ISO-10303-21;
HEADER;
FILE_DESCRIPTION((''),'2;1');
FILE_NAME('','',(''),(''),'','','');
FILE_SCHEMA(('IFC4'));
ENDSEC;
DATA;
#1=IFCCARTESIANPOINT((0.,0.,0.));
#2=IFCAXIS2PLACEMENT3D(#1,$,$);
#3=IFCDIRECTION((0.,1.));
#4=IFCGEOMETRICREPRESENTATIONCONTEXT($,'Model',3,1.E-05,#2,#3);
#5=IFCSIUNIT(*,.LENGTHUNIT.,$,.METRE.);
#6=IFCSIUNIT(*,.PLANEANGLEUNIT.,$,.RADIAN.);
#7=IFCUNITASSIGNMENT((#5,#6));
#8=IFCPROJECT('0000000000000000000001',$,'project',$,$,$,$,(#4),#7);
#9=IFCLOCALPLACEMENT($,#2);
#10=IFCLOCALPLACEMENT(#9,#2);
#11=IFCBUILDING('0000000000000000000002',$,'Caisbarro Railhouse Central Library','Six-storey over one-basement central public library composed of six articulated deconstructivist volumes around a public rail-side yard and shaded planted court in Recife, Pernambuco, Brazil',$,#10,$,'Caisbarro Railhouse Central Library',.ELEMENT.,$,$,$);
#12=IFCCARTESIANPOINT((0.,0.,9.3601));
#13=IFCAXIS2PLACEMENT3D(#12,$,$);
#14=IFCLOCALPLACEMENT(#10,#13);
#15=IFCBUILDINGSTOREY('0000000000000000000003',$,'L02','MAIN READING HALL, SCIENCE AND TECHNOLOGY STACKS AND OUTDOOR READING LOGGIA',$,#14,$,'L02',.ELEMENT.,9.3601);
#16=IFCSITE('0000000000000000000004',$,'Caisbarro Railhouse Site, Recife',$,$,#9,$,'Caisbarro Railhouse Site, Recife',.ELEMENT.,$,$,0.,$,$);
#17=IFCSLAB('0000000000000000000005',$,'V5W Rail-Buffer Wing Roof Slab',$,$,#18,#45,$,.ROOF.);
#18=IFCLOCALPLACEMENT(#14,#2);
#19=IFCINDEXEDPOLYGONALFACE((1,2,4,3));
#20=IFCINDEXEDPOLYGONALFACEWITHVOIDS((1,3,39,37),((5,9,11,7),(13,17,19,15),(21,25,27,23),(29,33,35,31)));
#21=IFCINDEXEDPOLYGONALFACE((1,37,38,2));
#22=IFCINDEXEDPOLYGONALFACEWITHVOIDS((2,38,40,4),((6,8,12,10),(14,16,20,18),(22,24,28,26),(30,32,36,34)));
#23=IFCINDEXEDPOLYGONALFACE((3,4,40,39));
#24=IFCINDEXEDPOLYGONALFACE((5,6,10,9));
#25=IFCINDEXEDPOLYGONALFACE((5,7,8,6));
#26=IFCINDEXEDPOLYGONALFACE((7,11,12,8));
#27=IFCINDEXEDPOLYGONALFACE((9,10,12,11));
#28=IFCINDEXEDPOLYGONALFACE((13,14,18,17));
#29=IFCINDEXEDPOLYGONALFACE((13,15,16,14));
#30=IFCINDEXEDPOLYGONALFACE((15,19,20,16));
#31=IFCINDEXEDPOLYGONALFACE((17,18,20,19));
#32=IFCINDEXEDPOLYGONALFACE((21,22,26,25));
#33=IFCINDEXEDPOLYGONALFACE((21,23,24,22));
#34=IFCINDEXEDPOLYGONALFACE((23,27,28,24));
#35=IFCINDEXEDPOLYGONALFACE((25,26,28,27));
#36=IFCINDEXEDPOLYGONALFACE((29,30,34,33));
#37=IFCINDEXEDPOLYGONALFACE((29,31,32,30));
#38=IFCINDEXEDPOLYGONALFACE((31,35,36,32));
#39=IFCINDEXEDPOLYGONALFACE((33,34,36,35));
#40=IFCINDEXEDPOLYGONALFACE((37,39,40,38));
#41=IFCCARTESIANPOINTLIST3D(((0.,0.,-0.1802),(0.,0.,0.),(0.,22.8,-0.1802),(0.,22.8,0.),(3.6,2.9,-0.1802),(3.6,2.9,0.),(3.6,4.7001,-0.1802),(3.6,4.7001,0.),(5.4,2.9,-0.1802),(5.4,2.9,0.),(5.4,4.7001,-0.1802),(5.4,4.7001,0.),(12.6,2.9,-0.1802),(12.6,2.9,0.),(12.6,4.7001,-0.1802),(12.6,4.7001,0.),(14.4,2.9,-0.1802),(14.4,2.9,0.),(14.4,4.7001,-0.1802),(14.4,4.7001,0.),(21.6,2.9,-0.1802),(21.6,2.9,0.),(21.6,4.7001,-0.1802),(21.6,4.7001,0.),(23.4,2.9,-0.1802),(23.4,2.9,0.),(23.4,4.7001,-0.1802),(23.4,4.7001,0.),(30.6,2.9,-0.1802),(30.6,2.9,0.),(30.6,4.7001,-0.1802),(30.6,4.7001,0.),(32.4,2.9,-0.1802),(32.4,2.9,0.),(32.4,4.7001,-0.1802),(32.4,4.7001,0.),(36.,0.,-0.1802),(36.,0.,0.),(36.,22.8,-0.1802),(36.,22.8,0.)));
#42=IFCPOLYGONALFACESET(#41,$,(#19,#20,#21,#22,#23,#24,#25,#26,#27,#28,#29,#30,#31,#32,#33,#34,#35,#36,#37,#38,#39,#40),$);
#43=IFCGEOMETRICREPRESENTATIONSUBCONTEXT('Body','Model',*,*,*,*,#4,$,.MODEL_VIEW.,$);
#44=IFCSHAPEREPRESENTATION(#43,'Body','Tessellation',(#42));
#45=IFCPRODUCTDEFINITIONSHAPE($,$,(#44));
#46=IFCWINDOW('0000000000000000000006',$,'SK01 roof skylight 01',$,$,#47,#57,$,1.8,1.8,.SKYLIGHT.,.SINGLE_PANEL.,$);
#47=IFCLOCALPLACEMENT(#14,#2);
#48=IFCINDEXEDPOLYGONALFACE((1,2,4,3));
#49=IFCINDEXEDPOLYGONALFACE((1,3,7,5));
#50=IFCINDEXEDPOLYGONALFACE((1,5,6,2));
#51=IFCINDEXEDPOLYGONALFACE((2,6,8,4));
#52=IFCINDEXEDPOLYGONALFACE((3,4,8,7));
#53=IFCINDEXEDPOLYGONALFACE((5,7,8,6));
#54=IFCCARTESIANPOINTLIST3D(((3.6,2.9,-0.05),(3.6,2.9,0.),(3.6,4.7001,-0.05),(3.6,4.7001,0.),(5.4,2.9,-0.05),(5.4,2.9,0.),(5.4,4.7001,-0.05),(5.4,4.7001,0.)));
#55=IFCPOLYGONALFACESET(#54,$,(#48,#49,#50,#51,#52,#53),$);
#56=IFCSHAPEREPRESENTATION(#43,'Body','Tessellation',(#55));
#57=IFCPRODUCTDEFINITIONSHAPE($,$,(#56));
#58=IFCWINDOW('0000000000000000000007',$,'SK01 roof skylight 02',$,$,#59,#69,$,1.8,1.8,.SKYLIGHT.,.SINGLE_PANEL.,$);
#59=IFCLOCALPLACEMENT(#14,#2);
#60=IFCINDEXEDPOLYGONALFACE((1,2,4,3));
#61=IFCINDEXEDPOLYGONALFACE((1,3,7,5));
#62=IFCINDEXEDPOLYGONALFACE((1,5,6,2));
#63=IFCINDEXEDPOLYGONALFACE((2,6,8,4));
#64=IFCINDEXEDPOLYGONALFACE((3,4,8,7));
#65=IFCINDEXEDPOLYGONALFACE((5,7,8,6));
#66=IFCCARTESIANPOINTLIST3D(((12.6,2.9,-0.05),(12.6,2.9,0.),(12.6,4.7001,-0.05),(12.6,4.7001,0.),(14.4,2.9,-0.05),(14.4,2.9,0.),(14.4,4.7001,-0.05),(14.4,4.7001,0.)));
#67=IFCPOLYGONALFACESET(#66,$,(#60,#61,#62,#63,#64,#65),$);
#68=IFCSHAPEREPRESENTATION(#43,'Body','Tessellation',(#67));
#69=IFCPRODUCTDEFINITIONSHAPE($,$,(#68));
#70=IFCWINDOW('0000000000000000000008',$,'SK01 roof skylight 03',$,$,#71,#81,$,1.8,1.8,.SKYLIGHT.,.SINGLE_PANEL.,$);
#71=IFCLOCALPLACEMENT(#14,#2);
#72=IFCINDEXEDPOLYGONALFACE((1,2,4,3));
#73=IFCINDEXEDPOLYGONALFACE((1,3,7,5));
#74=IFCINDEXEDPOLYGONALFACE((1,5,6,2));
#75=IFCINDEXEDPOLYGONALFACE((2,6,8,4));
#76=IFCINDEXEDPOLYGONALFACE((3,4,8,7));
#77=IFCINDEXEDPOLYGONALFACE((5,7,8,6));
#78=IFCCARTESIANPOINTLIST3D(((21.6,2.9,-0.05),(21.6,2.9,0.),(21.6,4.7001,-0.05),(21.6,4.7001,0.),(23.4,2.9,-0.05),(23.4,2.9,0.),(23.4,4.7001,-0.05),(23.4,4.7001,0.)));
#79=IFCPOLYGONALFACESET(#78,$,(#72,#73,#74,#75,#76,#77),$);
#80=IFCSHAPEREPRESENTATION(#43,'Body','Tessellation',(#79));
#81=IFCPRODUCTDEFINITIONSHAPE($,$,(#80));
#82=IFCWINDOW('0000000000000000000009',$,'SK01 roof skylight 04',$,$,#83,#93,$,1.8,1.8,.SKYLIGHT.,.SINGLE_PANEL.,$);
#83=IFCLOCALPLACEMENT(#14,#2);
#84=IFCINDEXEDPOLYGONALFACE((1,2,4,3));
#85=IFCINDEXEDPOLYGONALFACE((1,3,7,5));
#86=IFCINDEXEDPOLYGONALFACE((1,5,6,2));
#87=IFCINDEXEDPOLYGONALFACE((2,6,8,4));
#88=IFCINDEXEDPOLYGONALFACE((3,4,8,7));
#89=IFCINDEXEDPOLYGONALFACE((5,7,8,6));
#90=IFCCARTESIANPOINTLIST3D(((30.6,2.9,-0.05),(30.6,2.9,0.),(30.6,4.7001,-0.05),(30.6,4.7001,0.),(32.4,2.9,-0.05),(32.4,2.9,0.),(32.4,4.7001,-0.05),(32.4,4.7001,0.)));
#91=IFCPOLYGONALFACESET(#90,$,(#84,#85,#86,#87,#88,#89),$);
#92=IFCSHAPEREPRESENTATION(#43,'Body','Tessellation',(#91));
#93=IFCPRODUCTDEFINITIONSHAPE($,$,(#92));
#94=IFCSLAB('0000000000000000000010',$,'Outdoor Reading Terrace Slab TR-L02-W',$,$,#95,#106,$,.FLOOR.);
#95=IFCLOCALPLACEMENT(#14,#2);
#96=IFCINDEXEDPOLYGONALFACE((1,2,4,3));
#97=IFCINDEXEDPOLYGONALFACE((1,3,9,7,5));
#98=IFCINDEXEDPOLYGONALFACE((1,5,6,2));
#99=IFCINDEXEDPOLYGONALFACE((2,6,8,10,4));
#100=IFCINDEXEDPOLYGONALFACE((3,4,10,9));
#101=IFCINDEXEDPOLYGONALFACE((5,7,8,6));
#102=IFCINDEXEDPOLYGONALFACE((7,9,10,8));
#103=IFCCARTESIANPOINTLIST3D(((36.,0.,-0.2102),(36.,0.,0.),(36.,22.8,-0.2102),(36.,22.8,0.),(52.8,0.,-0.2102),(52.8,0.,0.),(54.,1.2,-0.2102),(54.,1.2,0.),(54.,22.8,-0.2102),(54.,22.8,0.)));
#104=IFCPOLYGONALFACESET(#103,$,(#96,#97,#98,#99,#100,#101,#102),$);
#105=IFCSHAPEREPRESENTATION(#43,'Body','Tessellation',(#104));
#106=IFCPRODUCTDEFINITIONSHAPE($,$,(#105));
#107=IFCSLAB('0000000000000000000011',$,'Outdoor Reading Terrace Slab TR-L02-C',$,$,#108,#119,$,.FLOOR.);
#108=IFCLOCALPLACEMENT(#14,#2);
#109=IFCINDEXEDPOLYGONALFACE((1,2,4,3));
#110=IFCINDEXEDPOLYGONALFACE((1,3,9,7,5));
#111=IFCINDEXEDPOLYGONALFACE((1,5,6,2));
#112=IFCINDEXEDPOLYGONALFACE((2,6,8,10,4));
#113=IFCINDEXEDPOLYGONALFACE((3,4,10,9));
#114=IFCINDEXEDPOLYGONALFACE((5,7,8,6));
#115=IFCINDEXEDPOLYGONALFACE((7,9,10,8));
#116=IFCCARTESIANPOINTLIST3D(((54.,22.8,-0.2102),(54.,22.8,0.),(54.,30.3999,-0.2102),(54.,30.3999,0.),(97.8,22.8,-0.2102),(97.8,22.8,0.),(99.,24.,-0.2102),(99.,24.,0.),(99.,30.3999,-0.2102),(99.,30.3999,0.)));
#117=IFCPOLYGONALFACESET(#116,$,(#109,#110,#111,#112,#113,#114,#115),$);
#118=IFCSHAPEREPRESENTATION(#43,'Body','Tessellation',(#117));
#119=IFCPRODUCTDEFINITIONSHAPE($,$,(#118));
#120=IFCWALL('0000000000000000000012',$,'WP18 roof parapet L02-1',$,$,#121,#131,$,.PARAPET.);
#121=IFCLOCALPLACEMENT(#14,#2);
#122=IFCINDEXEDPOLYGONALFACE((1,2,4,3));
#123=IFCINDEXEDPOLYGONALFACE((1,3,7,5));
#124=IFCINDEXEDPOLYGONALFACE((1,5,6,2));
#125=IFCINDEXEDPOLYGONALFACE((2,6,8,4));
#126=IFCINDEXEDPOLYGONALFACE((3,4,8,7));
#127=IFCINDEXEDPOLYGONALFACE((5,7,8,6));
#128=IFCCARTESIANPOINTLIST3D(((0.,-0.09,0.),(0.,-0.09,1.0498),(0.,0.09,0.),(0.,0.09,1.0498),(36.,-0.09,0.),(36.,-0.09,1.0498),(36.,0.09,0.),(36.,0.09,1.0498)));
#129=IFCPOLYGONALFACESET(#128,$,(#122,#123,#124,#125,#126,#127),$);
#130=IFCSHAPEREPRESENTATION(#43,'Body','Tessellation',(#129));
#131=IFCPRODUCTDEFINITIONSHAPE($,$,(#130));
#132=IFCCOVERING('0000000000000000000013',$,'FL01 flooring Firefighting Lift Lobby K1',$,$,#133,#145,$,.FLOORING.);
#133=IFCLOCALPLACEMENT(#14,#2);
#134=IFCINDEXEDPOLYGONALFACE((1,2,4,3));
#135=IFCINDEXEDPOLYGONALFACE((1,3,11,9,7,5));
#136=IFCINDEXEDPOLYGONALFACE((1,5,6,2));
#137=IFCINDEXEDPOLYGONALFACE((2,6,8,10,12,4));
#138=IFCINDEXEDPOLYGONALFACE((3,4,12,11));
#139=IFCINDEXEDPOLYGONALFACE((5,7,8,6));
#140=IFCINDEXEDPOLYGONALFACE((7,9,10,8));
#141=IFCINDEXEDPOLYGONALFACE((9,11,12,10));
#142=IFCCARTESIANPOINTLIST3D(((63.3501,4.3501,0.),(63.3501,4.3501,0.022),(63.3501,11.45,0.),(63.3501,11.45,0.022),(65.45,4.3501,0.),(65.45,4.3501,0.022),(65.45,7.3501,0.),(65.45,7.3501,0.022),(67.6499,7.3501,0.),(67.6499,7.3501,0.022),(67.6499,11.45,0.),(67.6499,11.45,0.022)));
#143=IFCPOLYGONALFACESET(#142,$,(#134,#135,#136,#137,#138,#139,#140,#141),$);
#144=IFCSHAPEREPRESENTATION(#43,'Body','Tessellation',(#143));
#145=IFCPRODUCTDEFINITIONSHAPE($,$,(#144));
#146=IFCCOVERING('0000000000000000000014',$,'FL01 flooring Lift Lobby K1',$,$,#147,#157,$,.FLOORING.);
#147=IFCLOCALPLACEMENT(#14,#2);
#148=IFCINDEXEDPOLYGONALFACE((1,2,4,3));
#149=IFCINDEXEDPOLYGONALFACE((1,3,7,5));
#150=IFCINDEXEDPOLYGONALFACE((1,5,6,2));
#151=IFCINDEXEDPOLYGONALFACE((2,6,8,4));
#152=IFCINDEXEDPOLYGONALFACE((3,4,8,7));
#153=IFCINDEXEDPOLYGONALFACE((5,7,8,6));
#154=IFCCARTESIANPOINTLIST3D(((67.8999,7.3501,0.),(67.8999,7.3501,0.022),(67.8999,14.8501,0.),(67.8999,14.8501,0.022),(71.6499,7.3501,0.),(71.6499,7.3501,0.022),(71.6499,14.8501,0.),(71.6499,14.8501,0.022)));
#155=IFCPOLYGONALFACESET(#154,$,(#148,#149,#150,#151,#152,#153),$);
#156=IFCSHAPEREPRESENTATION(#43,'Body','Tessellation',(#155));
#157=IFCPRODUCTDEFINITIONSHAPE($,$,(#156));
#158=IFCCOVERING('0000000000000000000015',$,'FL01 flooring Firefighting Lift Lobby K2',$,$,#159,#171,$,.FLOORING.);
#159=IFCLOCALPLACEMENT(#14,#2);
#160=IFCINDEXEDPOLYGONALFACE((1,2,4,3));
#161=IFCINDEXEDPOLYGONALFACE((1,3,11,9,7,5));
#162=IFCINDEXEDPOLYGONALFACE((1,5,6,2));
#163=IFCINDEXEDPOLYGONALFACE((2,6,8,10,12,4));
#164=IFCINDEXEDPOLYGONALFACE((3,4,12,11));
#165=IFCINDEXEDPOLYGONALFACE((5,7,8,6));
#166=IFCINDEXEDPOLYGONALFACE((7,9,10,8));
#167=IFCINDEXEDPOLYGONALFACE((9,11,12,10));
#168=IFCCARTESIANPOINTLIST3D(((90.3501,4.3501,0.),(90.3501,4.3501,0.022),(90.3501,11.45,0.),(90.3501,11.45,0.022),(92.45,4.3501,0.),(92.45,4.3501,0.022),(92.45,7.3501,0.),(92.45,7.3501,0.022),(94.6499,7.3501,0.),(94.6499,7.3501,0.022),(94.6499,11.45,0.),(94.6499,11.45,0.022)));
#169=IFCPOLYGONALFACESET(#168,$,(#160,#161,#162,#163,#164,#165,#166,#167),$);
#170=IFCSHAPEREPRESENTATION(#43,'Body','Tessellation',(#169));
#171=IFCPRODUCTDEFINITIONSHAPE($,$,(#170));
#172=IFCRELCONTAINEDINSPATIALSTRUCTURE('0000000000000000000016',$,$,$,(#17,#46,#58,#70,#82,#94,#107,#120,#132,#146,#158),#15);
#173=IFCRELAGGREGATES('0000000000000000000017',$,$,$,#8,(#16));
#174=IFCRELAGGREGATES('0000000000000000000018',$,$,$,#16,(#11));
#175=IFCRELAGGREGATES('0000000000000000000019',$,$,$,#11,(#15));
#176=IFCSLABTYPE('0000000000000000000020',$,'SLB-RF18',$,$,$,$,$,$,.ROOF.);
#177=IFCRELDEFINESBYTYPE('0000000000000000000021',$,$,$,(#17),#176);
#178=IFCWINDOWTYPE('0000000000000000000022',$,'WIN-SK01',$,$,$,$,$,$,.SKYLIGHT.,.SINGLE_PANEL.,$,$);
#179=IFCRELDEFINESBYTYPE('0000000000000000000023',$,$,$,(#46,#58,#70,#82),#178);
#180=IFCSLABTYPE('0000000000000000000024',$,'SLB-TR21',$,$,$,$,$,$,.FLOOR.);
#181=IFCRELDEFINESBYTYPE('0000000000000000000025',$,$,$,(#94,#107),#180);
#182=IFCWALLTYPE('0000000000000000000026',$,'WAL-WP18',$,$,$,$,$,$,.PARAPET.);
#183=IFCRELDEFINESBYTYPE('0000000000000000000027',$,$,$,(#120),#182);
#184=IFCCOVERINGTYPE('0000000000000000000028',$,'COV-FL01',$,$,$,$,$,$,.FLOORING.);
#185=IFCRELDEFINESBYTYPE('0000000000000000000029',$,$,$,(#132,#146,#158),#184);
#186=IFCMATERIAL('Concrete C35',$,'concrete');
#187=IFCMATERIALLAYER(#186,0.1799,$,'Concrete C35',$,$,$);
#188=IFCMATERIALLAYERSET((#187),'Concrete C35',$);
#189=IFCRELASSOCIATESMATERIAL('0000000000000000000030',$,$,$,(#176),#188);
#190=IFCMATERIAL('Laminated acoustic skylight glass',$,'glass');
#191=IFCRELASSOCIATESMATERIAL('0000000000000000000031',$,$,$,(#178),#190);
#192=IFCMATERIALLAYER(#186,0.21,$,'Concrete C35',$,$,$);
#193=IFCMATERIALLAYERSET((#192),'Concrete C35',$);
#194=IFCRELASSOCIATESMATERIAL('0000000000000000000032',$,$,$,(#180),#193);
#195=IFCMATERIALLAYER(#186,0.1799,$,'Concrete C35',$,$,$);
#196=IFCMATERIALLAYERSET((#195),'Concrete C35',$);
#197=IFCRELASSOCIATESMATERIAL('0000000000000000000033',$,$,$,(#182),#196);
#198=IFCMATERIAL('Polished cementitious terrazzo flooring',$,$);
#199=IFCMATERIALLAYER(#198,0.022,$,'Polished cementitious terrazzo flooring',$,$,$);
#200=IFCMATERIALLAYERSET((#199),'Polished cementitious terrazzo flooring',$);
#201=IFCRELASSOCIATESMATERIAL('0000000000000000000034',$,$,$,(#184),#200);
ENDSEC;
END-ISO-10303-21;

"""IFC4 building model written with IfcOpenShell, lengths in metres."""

from ifc_helpers import new_model, si_unit, direction, frame, frame_2d, origin, origin_with_axes, origin_2d, place, context, subcontext, project, spatial, polyline, rectangle, outline, extrude, material, layer, layer_set, type_object, element, fill, save


model = new_model("IFC4")

# Units and contexts
model_context = context("Model", 3, precision=1e-05, world=origin(), true_north=direction((0.0, 1.0)))
body_context = subcontext(model_context, "Body", "Model", "MODEL_VIEW")
ifc_project = project(units=[si_unit("LENGTHUNIT", "METRE"), si_unit("PLANEANGLEUNIT", "RADIAN")], contexts=[model_context])

# Site, building, storey
site_placement = place(None, origin())
site = spatial("IfcSite", under=ifc_project, at=site_placement, Name="Caisbarro Railhouse Site, Recife", LongName="Caisbarro Railhouse Site, Recife", CompositionType="ELEMENT", RefElevation=0.0)
building_placement = place(site_placement, origin())
building = spatial("IfcBuilding", under=site, at=building_placement, Name="Caisbarro Railhouse Central Library", Description="Six-storey over one-basement central public library composed of six articulated deconstructivist volumes around a public rail-side yard and shaded planted court in Recife, Pernambuco, Brazil", LongName="Caisbarro Railhouse Central Library", CompositionType="ELEMENT")
storey_placement = place(building_placement, frame((0.0, 0.0, 9.3601)))
storey = spatial("IfcBuildingStorey", under=building, at=storey_placement, Name="L02", Description="MAIN READING HALL, SCIENCE AND TECHNOLOGY STACKS AND OUTDOOR READING LOGGIA", LongName="L02", CompositionType="ELEMENT", Elevation=9.3601)

# Shared definitions
ifc_material_1 = material(Name="Concrete C35", Category="concrete")

# Slab, openings, windows
ifc_layer_1 = layer(ifc_material_1, 0.1799, Name="Concrete C35")
ifc_layer_set_1 = layer_set([ifc_layer_1], Name="Concrete C35")
slab_type_1 = type_object("IfcSlabType", Name="SLB-RF18", PredefinedType="ROOF", material=ifc_layer_set_1)
slab_1_placement = place(storey_placement, frame((0.0, 0.0, -0.1802)))
slab_1 = element("IfcSlab", 1, at=slab_1_placement, inside=storey, type_object=slab_type_1, Name="V5W Rail-Buffer Wing Roof Slab", PredefinedType="ROOF", context=body_context, shape_type="SweptSolid", body=[
    extrude(outline(polyline([(0.0, 0.0), (36.0, 0.0), (36.0, 22.8), (0.0, 22.8), (0.0, 0.0)])), origin(), (0.0, 0.0, 1.0), 0.1802),
])
opening_1_placement = place(slab_1_placement, frame((4.5, 3.8, -0.01)))
opening_1 = element("IfcOpeningElement", 2, at=opening_1_placement, cuts=slab_1, PredefinedType="OPENING", context=body_context, shape_type="SweptSolid", body=[
    extrude(rectangle(XDim=1.8, YDim=1.8, at=origin_2d()), origin(), (0.0, 0.0, 1.0), 0.2002),
])
opening_2_placement = place(slab_1_placement, frame((13.5, 3.8, -0.01)))
opening_2 = element("IfcOpeningElement", 3, at=opening_2_placement, cuts=slab_1, PredefinedType="OPENING", context=body_context, shape_type="SweptSolid", body=[
    extrude(rectangle(XDim=1.8, YDim=1.8, at=origin_2d()), origin(), (0.0, 0.0, 1.0), 0.2002),
])
opening_3_placement = place(slab_1_placement, frame((22.5, 3.8, -0.01)))
opening_3 = element("IfcOpeningElement", 4, at=opening_3_placement, cuts=slab_1, PredefinedType="OPENING", context=body_context, shape_type="SweptSolid", body=[
    extrude(rectangle(XDim=1.8, YDim=1.8, at=origin_2d()), origin(), (0.0, 0.0, 1.0), 0.2002),
])
opening_4_placement = place(slab_1_placement, frame((31.5, 3.8, -0.01)))
opening_4 = element("IfcOpeningElement", 5, at=opening_4_placement, cuts=slab_1, PredefinedType="OPENING", context=body_context, shape_type="SweptSolid", body=[
    extrude(rectangle(XDim=1.8, YDim=1.8, at=origin_2d()), origin(), (0.0, 0.0, 1.0), 0.2002),
])
ifc_material_2 = material(Name="Laminated acoustic skylight glass", Category="glass")
window_type = type_object("IfcWindowType", Name="WIN-SK01", PartitioningType="SINGLE_PANEL", PredefinedType="SKYLIGHT", material=ifc_material_2)
window_1_placement = place(slab_1_placement, frame((4.5, 3.8, 0.1301)))
window_1 = element("IfcWindow", 6, at=window_1_placement, inside=storey, type_object=window_type, Name="SK01 roof skylight 01", OverallHeight=1.8, OverallWidth=1.8, PartitioningType="SINGLE_PANEL", PredefinedType="SKYLIGHT", context=body_context, shape_type="SweptSolid", body=[
    extrude(rectangle(XDim=1.8, YDim=1.8, at=origin_2d()), origin(), (0.0, 0.0, 1.0), 0.05),
])
fill(opening_1, window_1)
window_2_placement = place(slab_1_placement, frame((13.5, 3.8, 0.1301)))
window_2 = element("IfcWindow", 7, at=window_2_placement, inside=storey, type_object=window_type, Name="SK01 roof skylight 02", OverallHeight=1.8, OverallWidth=1.8, PartitioningType="SINGLE_PANEL", PredefinedType="SKYLIGHT", context=body_context, shape_type="SweptSolid", body=[
    extrude(rectangle(XDim=1.8, YDim=1.8, at=origin_2d()), origin(), (0.0, 0.0, 1.0), 0.05),
])
fill(opening_2, window_2)
window_3_placement = place(slab_1_placement, frame((22.5, 3.8, 0.1301)))
window_3 = element("IfcWindow", 8, at=window_3_placement, inside=storey, type_object=window_type, Name="SK01 roof skylight 03", OverallHeight=1.8, OverallWidth=1.8, PartitioningType="SINGLE_PANEL", PredefinedType="SKYLIGHT", context=body_context, shape_type="SweptSolid", body=[
    extrude(rectangle(XDim=1.8, YDim=1.8, at=origin_2d()), origin(), (0.0, 0.0, 1.0), 0.05),
])
fill(opening_3, window_3)
window_4_placement = place(slab_1_placement, frame((31.5, 3.8, 0.1301)))
window_4 = element("IfcWindow", 9, at=window_4_placement, inside=storey, type_object=window_type, Name="SK01 roof skylight 04", OverallHeight=1.8, OverallWidth=1.8, PartitioningType="SINGLE_PANEL", PredefinedType="SKYLIGHT", context=body_context, shape_type="SweptSolid", body=[
    extrude(rectangle(XDim=1.8, YDim=1.8, at=origin_2d()), origin(), (0.0, 0.0, 1.0), 0.05),
])
fill(opening_4, window_4)

# Slabs
ifc_layer_2 = layer(ifc_material_1, 0.21, Name="Concrete C35")
ifc_layer_set_2 = layer_set([ifc_layer_2], Name="Concrete C35")
slab_type_2 = type_object("IfcSlabType", Name="SLB-TR21", PredefinedType="FLOOR", material=ifc_layer_set_2)
slab_2_placement = place(storey_placement, frame((0.0, 0.0, -0.2102)))
element("IfcSlab", 10, at=slab_2_placement, inside=storey, type_object=slab_type_2, Name="Outdoor Reading Terrace Slab TR-L02-W", PredefinedType="FLOOR", context=body_context, shape_type="SweptSolid", body=[
    extrude(outline(polyline([(36.0, 0.0), (52.8, 0.0), (54.0, 1.2), (54.0, 22.8), (36.0, 22.8), (36.0, 0.0)])), origin(), (0.0, 0.0, 1.0), 0.2102),
])
slab_3_placement = place(storey_placement, frame((0.0, 0.0, -0.2102)))
element("IfcSlab", 11, at=slab_3_placement, inside=storey, type_object=slab_type_2, Name="Outdoor Reading Terrace Slab TR-L02-C", PredefinedType="FLOOR", context=body_context, shape_type="SweptSolid", body=[
    extrude(outline(polyline([(54.0, 22.8), (97.8, 22.8), (99.0, 24.0), (99.0, 30.3999), (54.0, 30.3999), (54.0, 22.8)])), origin(), (0.0, 0.0, 1.0), 0.2102),
])

# Wall
ifc_layer_3 = layer(ifc_material_1, 0.1799, Name="Concrete C35")
ifc_layer_set_3 = layer_set([ifc_layer_3], Name="Concrete C35")
wall_type = type_object("IfcWallType", Name="WAL-WP18", PredefinedType="PARAPET", material=ifc_layer_set_3)
wall_placement = place(storey_placement, origin_with_axes())
element("IfcWall", 12, at=wall_placement, inside=storey, type_object=wall_type, Name="WP18 roof parapet L02-1", PredefinedType="PARAPET", context=body_context, shape_type="SweptSolid", body=[
    extrude(rectangle(XDim=36.0, YDim=0.1799, at=frame_2d((18.0, 0.0))), origin(), (0.0, 0.0, 1.0), 1.0498),
])

# Coverings
ifc_material_3 = material(Name="Polished cementitious terrazzo flooring")
ifc_layer_4 = layer(ifc_material_3, 0.022, Name="Polished cementitious terrazzo flooring")
ifc_layer_set_4 = layer_set([ifc_layer_4], Name="Polished cementitious terrazzo flooring")
covering_type_1 = type_object("IfcCoveringType", Name="COV-FL01", PredefinedType="FLOORING", material=ifc_layer_set_4)
covering_1_placement = place(storey_placement, origin())
element("IfcCovering", 13, at=covering_1_placement, inside=storey, type_object=covering_type_1, Name="FL01 flooring Firefighting Lift Lobby K1", PredefinedType="FLOORING", context=body_context, shape_type="SweptSolid", body=[
    extrude(outline(polyline([(63.3501, 4.3501), (65.45, 4.3501), (65.45, 7.3501), (67.6499, 7.3501), (67.6499, 11.45), (63.3501, 11.45), (63.3501, 4.3501)])), origin(), (0.0, 0.0, 1.0), 0.022),
])
covering_2_placement = place(storey_placement, origin())
element("IfcCovering", 14, at=covering_2_placement, inside=storey, type_object=covering_type_1, Name="FL01 flooring Lift Lobby K1", PredefinedType="FLOORING", context=body_context, shape_type="SweptSolid", body=[
    extrude(outline(polyline([(67.8999, 7.3501), (71.6499, 7.3501), (71.6499, 14.8501), (67.8999, 14.8501), (67.8999, 7.3501)])), origin(), (0.0, 0.0, 1.0), 0.022),
])
covering_3_placement = place(storey_placement, origin())
element("IfcCovering", 15, at=covering_3_placement, inside=storey, type_object=covering_type_1, Name="FL01 flooring Firefighting Lift Lobby K2", PredefinedType="FLOORING", context=body_context, shape_type="SweptSolid", body=[
    extrude(outline(polyline([(90.3501, 4.3501), (92.45, 4.3501), (92.45, 7.3501), (94.6499, 7.3501), (94.6499, 11.45), (90.3501, 11.45), (90.3501, 4.3501)])), origin(), (0.0, 0.0, 1.0), 0.022),
])

save(model, "model.ifc")
